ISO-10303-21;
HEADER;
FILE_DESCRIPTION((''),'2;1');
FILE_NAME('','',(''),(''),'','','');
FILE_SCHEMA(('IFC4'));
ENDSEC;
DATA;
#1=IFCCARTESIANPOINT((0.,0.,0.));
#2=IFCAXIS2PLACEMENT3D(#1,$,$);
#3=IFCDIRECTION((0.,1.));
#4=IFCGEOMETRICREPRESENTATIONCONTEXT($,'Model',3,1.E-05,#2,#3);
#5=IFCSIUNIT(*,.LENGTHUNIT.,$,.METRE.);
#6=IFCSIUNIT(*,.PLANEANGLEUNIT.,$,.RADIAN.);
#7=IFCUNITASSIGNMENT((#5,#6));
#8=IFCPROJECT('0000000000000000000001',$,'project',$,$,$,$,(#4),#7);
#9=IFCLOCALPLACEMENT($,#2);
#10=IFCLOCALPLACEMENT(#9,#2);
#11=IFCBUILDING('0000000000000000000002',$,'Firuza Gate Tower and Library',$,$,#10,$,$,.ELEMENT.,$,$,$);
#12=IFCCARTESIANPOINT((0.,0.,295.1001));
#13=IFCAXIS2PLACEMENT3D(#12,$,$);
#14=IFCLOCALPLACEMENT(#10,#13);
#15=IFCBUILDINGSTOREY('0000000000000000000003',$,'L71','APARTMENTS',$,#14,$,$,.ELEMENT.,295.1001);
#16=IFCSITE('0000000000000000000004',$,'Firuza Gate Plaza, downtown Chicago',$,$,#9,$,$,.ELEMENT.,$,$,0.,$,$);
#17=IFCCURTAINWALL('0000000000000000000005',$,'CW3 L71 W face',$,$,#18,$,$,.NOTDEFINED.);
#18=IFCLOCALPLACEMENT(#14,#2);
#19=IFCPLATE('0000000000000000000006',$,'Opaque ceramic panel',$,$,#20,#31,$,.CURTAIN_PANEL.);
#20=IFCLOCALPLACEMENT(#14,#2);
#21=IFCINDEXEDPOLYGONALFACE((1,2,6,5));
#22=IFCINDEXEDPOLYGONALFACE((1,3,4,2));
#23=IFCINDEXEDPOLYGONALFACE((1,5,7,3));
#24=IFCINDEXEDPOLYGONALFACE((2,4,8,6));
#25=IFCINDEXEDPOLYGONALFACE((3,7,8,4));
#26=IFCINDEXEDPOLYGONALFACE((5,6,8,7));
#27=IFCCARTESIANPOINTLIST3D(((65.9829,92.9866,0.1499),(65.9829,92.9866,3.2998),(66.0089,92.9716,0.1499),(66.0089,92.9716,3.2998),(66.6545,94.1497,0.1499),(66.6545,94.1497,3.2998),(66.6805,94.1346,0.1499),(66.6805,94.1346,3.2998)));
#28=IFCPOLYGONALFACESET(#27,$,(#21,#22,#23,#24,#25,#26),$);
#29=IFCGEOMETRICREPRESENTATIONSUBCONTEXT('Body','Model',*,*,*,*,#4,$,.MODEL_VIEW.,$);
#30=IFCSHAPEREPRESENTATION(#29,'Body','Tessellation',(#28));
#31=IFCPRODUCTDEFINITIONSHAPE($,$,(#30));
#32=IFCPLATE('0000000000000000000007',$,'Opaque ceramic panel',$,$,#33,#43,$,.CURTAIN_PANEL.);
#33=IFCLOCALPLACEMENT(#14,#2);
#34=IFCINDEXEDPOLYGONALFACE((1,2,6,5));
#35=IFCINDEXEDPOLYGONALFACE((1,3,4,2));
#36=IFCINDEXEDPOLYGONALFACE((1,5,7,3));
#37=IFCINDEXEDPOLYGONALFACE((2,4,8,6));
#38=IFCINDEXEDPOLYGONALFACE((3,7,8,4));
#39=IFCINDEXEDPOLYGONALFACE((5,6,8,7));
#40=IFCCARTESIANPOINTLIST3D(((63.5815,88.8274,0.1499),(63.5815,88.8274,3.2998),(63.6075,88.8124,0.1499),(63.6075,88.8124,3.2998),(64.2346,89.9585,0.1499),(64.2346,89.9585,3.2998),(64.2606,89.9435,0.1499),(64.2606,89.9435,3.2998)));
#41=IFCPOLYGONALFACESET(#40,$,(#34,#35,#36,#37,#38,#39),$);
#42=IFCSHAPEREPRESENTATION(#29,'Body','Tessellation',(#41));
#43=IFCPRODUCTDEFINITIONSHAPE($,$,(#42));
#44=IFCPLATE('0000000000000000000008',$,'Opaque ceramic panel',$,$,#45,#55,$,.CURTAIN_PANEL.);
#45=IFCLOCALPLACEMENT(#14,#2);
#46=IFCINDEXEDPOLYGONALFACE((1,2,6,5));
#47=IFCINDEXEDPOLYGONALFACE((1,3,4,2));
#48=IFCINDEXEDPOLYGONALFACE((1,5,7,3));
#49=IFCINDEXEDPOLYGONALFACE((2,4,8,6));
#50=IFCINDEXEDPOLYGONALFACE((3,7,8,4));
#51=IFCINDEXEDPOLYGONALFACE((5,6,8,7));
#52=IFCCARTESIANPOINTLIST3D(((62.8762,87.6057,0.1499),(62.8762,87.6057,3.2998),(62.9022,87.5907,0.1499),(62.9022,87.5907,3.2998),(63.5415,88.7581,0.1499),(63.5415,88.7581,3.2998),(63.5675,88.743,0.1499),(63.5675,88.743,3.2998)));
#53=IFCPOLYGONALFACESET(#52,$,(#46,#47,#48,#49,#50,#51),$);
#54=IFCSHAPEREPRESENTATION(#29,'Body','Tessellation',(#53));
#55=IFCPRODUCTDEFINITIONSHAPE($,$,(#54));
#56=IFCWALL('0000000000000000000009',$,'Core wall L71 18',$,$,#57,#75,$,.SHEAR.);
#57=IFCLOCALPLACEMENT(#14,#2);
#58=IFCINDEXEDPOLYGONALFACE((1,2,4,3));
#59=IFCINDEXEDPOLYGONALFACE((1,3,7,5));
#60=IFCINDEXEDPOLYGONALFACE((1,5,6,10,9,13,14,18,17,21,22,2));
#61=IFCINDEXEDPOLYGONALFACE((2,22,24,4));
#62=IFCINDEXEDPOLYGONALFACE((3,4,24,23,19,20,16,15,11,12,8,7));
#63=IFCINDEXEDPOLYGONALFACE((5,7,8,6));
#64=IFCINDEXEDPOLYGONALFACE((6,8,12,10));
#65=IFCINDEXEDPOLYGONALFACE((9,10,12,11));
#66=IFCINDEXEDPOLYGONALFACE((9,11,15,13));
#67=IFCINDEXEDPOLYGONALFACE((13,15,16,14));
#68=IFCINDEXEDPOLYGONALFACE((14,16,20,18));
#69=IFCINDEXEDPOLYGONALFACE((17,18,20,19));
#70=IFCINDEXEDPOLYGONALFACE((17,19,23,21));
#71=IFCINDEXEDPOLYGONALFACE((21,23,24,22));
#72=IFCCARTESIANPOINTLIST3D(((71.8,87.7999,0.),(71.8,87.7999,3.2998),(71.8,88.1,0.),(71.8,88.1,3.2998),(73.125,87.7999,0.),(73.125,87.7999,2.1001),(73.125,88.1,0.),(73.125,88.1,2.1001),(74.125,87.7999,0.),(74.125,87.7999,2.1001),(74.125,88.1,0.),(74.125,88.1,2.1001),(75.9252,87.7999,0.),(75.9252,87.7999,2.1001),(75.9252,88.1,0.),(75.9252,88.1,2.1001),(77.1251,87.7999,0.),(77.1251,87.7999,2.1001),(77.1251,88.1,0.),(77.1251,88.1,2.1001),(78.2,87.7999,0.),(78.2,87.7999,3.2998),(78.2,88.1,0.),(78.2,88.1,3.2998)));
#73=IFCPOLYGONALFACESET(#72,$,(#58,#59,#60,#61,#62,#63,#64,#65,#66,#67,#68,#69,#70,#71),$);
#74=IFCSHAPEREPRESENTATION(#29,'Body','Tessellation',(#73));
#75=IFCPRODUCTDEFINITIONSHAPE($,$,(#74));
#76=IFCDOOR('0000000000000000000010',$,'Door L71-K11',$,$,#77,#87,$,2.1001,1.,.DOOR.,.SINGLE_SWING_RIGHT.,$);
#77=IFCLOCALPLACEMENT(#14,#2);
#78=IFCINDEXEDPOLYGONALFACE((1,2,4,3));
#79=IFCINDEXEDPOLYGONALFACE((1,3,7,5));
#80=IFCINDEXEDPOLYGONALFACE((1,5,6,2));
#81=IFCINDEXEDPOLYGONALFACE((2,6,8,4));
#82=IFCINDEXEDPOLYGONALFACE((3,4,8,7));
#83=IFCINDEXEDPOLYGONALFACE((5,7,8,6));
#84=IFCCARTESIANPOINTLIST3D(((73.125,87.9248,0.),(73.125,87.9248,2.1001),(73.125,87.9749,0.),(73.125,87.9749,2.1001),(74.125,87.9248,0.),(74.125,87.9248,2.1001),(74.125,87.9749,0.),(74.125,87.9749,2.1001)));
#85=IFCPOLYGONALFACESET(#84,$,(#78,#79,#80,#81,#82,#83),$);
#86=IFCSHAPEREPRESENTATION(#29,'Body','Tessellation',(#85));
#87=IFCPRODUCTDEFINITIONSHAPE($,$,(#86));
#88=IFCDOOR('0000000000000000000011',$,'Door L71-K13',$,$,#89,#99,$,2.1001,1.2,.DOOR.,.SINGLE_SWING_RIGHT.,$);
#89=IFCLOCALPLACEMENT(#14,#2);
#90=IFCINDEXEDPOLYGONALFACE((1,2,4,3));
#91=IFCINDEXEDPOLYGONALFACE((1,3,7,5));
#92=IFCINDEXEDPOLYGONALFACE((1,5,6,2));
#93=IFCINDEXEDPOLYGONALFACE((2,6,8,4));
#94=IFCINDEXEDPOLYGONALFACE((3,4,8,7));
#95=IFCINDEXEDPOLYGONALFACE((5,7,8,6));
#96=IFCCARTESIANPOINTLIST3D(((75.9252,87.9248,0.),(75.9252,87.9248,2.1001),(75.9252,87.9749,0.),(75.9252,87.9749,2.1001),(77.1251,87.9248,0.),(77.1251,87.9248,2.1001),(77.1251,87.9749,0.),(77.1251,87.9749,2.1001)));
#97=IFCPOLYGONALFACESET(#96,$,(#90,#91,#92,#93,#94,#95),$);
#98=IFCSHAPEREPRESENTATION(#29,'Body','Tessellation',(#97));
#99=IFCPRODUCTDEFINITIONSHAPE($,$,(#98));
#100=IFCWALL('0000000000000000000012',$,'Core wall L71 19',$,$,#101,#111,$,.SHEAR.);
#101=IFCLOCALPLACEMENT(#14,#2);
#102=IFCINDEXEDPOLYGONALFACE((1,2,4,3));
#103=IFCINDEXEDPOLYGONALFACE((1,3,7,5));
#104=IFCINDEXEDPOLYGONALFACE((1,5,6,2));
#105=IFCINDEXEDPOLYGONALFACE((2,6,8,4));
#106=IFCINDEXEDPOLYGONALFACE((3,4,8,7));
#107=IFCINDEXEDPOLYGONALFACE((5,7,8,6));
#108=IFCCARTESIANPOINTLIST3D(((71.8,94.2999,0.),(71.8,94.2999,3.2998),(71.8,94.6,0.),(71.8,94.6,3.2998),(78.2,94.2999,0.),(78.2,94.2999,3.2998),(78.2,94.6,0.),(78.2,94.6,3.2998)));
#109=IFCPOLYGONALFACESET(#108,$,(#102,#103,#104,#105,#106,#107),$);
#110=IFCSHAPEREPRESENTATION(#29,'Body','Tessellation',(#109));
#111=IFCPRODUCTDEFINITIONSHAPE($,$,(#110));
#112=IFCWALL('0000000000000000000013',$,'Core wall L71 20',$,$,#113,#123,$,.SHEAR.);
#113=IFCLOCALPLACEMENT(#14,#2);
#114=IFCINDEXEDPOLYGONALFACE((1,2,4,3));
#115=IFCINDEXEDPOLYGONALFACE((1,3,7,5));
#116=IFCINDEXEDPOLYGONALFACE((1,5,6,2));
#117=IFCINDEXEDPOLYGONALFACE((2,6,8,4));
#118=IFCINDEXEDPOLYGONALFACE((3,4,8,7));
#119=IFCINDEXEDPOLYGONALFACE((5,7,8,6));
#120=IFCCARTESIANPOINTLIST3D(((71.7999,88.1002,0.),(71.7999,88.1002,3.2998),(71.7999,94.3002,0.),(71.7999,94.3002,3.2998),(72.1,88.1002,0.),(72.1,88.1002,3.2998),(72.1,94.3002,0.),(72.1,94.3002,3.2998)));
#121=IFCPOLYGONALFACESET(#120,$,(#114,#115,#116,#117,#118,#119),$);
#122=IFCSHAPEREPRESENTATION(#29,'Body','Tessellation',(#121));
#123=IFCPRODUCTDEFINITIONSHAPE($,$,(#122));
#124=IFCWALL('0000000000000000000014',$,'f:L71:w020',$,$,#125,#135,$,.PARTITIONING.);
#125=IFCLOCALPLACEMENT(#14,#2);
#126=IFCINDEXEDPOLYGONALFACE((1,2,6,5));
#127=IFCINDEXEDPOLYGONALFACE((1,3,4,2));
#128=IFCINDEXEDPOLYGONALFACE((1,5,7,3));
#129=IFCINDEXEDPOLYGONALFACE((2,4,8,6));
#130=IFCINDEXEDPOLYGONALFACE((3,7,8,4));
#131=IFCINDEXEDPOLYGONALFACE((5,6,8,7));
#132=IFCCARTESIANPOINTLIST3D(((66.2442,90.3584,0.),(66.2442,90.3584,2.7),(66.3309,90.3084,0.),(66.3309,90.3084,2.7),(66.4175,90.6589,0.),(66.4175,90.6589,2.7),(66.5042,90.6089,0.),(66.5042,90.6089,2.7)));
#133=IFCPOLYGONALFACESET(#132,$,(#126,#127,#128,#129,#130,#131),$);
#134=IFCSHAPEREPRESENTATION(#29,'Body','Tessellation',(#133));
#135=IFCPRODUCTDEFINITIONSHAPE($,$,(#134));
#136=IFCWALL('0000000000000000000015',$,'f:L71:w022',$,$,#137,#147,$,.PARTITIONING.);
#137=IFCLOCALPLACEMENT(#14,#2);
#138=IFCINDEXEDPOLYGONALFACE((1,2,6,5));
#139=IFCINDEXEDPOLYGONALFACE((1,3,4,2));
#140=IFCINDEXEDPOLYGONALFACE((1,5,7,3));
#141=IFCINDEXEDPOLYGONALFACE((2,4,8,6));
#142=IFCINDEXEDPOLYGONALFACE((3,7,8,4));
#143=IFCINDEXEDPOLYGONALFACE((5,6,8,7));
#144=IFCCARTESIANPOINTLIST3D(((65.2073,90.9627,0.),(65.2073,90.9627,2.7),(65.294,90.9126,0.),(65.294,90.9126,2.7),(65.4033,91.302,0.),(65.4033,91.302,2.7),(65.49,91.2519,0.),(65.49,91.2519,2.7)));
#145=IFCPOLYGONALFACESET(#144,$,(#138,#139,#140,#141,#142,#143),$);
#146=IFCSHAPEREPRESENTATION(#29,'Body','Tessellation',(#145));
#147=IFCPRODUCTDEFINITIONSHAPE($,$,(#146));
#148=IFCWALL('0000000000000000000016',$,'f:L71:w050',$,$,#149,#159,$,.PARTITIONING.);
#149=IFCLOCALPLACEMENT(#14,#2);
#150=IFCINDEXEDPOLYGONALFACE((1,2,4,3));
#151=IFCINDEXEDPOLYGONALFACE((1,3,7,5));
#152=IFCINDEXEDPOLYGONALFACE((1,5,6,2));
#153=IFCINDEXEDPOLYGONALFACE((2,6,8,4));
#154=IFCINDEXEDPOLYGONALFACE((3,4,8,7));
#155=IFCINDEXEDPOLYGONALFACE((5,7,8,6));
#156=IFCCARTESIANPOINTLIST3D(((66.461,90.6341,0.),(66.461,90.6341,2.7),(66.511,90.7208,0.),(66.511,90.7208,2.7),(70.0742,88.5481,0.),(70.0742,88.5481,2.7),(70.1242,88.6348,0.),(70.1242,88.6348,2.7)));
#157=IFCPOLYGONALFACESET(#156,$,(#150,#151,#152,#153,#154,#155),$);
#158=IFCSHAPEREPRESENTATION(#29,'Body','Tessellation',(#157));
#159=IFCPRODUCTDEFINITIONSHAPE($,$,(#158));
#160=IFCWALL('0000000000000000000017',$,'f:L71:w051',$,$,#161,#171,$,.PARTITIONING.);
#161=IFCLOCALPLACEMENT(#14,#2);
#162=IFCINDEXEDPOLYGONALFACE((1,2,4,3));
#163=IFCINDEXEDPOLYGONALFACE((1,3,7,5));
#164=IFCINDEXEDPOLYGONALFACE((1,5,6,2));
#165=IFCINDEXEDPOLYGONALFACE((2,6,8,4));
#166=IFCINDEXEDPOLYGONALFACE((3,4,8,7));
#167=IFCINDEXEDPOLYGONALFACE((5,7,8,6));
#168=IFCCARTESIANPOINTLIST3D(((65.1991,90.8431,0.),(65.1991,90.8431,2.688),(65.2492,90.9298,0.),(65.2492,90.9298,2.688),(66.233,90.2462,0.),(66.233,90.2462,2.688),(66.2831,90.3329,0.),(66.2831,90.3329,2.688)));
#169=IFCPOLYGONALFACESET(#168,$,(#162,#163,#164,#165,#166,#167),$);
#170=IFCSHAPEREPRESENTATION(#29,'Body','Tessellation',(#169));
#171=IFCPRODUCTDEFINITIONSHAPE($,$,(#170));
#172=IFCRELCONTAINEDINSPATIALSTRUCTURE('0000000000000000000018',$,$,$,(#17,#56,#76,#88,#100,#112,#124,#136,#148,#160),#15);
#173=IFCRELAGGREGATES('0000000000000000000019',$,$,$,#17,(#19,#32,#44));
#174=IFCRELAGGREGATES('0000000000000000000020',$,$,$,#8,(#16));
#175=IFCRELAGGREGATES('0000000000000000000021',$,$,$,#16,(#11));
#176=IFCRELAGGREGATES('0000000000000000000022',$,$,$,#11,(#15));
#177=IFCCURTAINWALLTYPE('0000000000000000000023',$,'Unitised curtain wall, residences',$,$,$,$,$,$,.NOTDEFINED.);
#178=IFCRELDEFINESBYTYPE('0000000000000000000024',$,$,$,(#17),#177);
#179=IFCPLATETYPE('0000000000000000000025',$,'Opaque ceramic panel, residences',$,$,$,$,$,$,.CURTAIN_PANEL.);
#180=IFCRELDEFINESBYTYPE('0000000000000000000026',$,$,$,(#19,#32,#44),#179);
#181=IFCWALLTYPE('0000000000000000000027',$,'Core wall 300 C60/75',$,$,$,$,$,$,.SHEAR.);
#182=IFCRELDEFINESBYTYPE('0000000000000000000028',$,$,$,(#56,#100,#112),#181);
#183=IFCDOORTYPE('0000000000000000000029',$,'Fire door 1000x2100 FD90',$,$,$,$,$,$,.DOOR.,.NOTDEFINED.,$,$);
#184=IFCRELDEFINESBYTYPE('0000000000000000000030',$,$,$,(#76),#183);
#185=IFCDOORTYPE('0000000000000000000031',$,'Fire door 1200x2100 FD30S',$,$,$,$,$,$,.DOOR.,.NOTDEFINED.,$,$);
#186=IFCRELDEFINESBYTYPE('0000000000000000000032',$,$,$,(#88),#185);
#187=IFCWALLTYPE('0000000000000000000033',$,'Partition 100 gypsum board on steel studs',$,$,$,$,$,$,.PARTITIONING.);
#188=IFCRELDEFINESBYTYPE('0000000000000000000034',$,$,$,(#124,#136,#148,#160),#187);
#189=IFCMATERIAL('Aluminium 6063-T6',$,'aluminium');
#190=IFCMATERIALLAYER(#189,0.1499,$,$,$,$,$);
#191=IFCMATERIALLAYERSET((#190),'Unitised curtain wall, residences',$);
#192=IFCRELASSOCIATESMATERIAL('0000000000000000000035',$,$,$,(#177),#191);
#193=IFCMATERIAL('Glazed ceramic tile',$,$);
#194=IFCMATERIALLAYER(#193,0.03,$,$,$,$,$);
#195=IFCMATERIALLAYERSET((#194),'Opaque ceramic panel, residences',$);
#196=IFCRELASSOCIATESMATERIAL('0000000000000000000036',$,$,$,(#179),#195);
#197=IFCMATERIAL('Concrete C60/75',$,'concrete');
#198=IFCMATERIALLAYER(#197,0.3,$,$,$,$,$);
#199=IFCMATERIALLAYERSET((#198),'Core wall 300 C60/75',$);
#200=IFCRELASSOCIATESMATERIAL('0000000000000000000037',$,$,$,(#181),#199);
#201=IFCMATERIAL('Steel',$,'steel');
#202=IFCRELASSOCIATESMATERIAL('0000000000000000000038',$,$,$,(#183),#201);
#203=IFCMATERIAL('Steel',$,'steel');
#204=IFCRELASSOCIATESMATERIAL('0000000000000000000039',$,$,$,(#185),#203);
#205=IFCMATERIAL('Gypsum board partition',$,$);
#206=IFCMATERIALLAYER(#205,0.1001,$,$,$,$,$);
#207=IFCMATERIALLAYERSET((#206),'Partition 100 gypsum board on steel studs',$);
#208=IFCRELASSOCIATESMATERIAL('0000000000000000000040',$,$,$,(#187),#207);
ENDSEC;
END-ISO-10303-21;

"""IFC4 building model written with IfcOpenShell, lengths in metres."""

from ifc_helpers import new_model, si_unit, direction, frame, frame_2d, origin, place, context, subcontext, project, spatial, polyline, rectangle, outline, extrude, material, layer, layer_set, type_object, element, fill, aggregate, save


model = new_model("IFC4")

# Units and contexts
model_context = context("Model", 3, precision=1e-05, world=origin(), true_north=direction((0.0, 1.0)))
body_context = subcontext(model_context, "Body", "Model", "MODEL_VIEW")
ifc_project = project(units=[si_unit("LENGTHUNIT", "METRE"), si_unit("PLANEANGLEUNIT", "RADIAN")], contexts=[model_context])

# Site, building, storey
site_placement = place(None, origin())
site = spatial("IfcSite", under=ifc_project, at=site_placement, Name="Firuza Gate Plaza, downtown Chicago", CompositionType="ELEMENT", RefElevation=0.0)
building_placement = place(site_placement, origin())
building = spatial("IfcBuilding", under=site, at=building_placement, Name="Firuza Gate Tower and Library", CompositionType="ELEMENT")
storey_placement = place(building_placement, frame((0.0, 0.0, 295.1001)))
storey = spatial("IfcBuildingStorey", under=building, at=storey_placement, Name="L71", Description="APARTMENTS", CompositionType="ELEMENT", Elevation=295.1001)

# Curtain wall
ifc_material_1 = material(Name="Aluminium 6063-T6", Category="aluminium")
ifc_layer_1 = layer(ifc_material_1, 0.1499)
ifc_layer_set_1 = layer_set([ifc_layer_1], Name="Unitised curtain wall, residences")
curtain_wall_type = type_object("IfcCurtainWallType", Name="Unitised curtain wall, residences", PredefinedType="NOTDEFINED", material=ifc_layer_set_1)
placement = place(storey_placement, origin())
curtain_wall = element("IfcCurtainWall", 1, at=placement, inside=storey, type_object=curtain_wall_type, Name="CW3 L71 W face", PredefinedType="NOTDEFINED")

# Plates
ifc_material_2 = material(Name="Glazed ceramic tile")
ifc_layer_2 = layer(ifc_material_2, 0.03)
ifc_layer_set_2 = layer_set([ifc_layer_2], Name="Opaque ceramic panel, residences")
plate_type_1 = type_object("IfcPlateType", Name="Opaque ceramic panel, residences", PredefinedType="CURTAIN_PANEL", material=ifc_layer_set_2)
plate_1_placement = place(storey_placement, frame((66.6545, 94.1497, 0.1499), z_axis=(-0.865986, 0.500069, 0.0), x_axis=(-0.500069, -0.865986, 0.0)))
plate_1 = element("IfcPlate", 2, at=plate_1_placement, type_object=plate_type_1, Name="Opaque ceramic panel", PredefinedType="CURTAIN_PANEL", context=body_context, shape_type="SweptSolid", body=[
    extrude(outline(polyline([(0.0, 0.0), (1.3431, 0.0), (1.3431, 3.1499), (0.0, 3.1499), (0.0, 0.0)])), origin(), (0.0, 0.0, -1.0), 0.03),
])
plate_2_placement = place(storey_placement, frame((64.2346, 89.9585, 0.1499), z_axis=(-0.866014, 0.500019, 0.0), x_axis=(-0.500019, -0.866014, 0.0)))
plate_2 = element("IfcPlate", 3, at=plate_2_placement, type_object=plate_type_1, Name="Opaque ceramic panel", PredefinedType="CURTAIN_PANEL", context=body_context, shape_type="SweptSolid", body=[
    extrude(outline(polyline([(0.0, 0.0), (1.3061, 0.0), (1.3061, 3.1499), (0.0, 3.1499), (0.0, 0.0)])), origin(), (0.0, 0.0, -1.0), 0.03),
])
plate_3_placement = place(storey_placement, frame((63.5415, 88.7581, 0.1499), z_axis=(-0.866033, 0.499987, 0.0), x_axis=(-0.499987, -0.866033, 0.0)))
plate_3 = element("IfcPlate", 4, at=plate_3_placement, type_object=plate_type_1, Name="Opaque ceramic panel", PredefinedType="CURTAIN_PANEL", context=body_context, shape_type="SweptSolid", body=[
    extrude(outline(polyline([(0.0, 0.0), (1.3306, 0.0), (1.3306, 3.1499), (0.0, 3.1499), (0.0, 0.0)])), origin(), (0.0, 0.0, -1.0), 0.03),
])
aggregate(curtain_wall, [plate_1, plate_2, plate_3])

# Wall, openings, doors
ifc_material_3 = material(Name="Concrete C60/75", Category="concrete")
ifc_layer_3 = layer(ifc_material_3, 0.3)
ifc_layer_set_3 = layer_set([ifc_layer_3], Name="Core wall 300 C60/75")
wall_type_1 = type_object("IfcWallType", Name="Core wall 300 C60/75", PredefinedType="SHEAR", material=ifc_layer_set_3)
wall_1_placement = place(storey_placement, frame((71.8, 87.95, 0.0), z_axis=(0.0, 0.0, 1.0), x_axis=(1.0, 0.0, 0.0)))
wall_1 = element("IfcWall", 5, at=wall_1_placement, inside=storey, type_object=wall_type_1, Name="Core wall L71 18", PredefinedType="SHEAR", context=body_context, shape_type="SweptSolid", body=[
    extrude(rectangle(XDim=6.3999, YDim=0.3, at=frame_2d((3.2, 0.0))), origin(), (0.0, 0.0, 1.0), 3.2998),
])
opening_1_placement = place(wall_1_placement, frame((1.325, 0.0, 0.0)))
opening_1 = element("IfcOpeningElement", 6, at=opening_1_placement, cuts=wall_1, PredefinedType="OPENING", context=body_context, shape_type="SweptSolid", body=[
    extrude(rectangle(XDim=1.0, YDim=2.1001, at=frame_2d((0.5, 1.05))), frame((0.0, 0.1602, 0.0), z_axis=(0.0, -1.0, 0.0), x_axis=(1.0, 0.0, 0.0)), (0.0, 0.0, 1.0), 0.3201),
])
opening_2_placement = place(wall_1_placement, frame((4.125, 0.0, 0.0)))
opening_2 = element("IfcOpeningElement", 7, at=opening_2_placement, cuts=wall_1, PredefinedType="OPENING", context=body_context, shape_type="SweptSolid", body=[
    extrude(rectangle(XDim=1.2, YDim=2.1001, at=frame_2d((0.6001, 1.05))), frame((0.0, 0.1602, 0.0), z_axis=(0.0, -1.0, 0.0), x_axis=(1.0, 0.0, 0.0)), (0.0, 0.0, 1.0), 0.3201),
])
ifc_material_4 = material(Name="Steel", Category="steel")
door_type_1 = type_object("IfcDoorType", Name="Fire door 1000x2100 FD90", OperationType="NOTDEFINED", PredefinedType="DOOR", material=ifc_material_4)
door_1_placement = place(opening_1_placement, origin())
door_1 = element("IfcDoor", 8, at=door_1_placement, inside=storey, type_object=door_type_1, Name="Door L71-K11", OperationType="SINGLE_SWING_RIGHT", OverallHeight=2.1001, OverallWidth=1.0, PredefinedType="DOOR", context=body_context, shape_type="SweptSolid", body=[
    extrude(rectangle(XDim=1.0, YDim=2.1001, at=frame_2d((0.5, 1.05))), frame((0.0, 0.0249, 0.0), z_axis=(0.0, -1.0, 0.0), x_axis=(1.0, 0.0, 0.0)), (0.0, 0.0, 1.0), 0.05),
])
fill(opening_1, door_1)
ifc_material_5 = material(Name="Steel", Category="steel")
door_type_2 = type_object("IfcDoorType", Name="Fire door 1200x2100 FD30S", OperationType="NOTDEFINED", PredefinedType="DOOR", material=ifc_material_5)
door_2_placement = place(opening_2_placement, origin())
door_2 = element("IfcDoor", 9, at=door_2_placement, inside=storey, type_object=door_type_2, Name="Door L71-K13", OperationType="SINGLE_SWING_RIGHT", OverallHeight=2.1001, OverallWidth=1.2, PredefinedType="DOOR", context=body_context, shape_type="SweptSolid", body=[
    extrude(rectangle(XDim=1.2, YDim=2.1001, at=frame_2d((0.6001, 1.05))), frame((0.0, 0.0249, 0.0), z_axis=(0.0, -1.0, 0.0), x_axis=(1.0, 0.0, 0.0)), (0.0, 0.0, 1.0), 0.05),
])
fill(opening_2, door_2)

# Walls
wall_2_placement = place(storey_placement, frame((71.8, 94.45, 0.0), z_axis=(0.0, 0.0, 1.0), x_axis=(1.0, 0.0, 0.0)))
element("IfcWall", 10, at=wall_2_placement, inside=storey, type_object=wall_type_1, Name="Core wall L71 19", PredefinedType="SHEAR", context=body_context, shape_type="SweptSolid", body=[
    extrude(rectangle(XDim=6.3999, YDim=0.3, at=frame_2d((3.2, 0.0))), origin(), (0.0, 0.0, 1.0), 3.2998),
])
wall_3_placement = place(storey_placement, frame((71.95, 88.1001, 0.0), z_axis=(0.0, 0.0, 1.0), x_axis=(0.0, 1.0, 0.0)))
element("IfcWall", 11, at=wall_3_placement, inside=storey, type_object=wall_type_1, Name="Core wall L71 20", PredefinedType="SHEAR", context=body_context, shape_type="SweptSolid", body=[
    extrude(rectangle(XDim=6.2, YDim=0.3, at=frame_2d((3.1001, 0.0))), origin(), (0.0, 0.0, 1.0), 3.2998),
])
ifc_material_6 = material(Name="Gypsum board partition")
ifc_layer_4 = layer(ifc_material_6, 0.1001)
ifc_layer_set_4 = layer_set([ifc_layer_4], Name="Partition 100 gypsum board on steel studs")
wall_type_2 = type_object("IfcWallType", Name="Partition 100 gypsum board on steel studs", PredefinedType="PARTITIONING", material=ifc_layer_set_4)
wall_4_placement = place(storey_placement, frame((66.2876, 90.3335, 0.0), z_axis=(0.0, 0.0, 1.0), x_axis=(0.499621, 0.866244, 0.0)))
element("IfcWall", 12, at=wall_4_placement, inside=storey, type_object=wall_type_2, Name="f:L71:w020", PredefinedType="PARTITIONING", context=body_context, shape_type="SweptSolid", body=[
    extrude(rectangle(XDim=0.3469, YDim=0.1001, at=frame_2d((0.1733, 0.0))), origin(), (0.0, 0.0, 1.0), 2.7),
])
wall_5_placement = place(storey_placement, frame((65.2507, 90.9377, 0.0), z_axis=(0.0, 0.0, 1.0), x_axis=(0.500226, 0.865895, 0.0)))
element("IfcWall", 13, at=wall_5_placement, inside=storey, type_object=wall_type_2, Name="f:L71:w022", PredefinedType="PARTITIONING", context=body_context, shape_type="SweptSolid", body=[
    extrude(rectangle(XDim=0.3918, YDim=0.1001, at=frame_2d((0.1958, 0.0))), origin(), (0.0, 0.0, 1.0), 2.7),
])
wall_6_placement = place(storey_placement, frame((70.0991, 88.5916, 0.0), z_axis=(0.0, 0.0, 1.0), x_axis=(-0.866045, 0.499966, 0.0)))
element("IfcWall", 14, at=wall_6_placement, inside=storey, type_object=wall_type_2, Name="f:L71:w050", PredefinedType="PARTITIONING", context=body_context, shape_type="SweptSolid", body=[
    extrude(rectangle(XDim=4.1721, YDim=0.1001, at=frame_2d((2.0859, 0.0))), origin(), (0.0, 0.0, 1.0), 2.7),
])
wall_7_placement = place(storey_placement, frame((66.2581, 90.2896, 0.0), z_axis=(0.0, 0.0, 1.0), x_axis=(-0.866032, 0.499988, 0.0)))
element("IfcWall", 15, at=wall_7_placement, inside=storey, type_object=wall_type_2, Name="f:L71:w051", PredefinedType="PARTITIONING", context=body_context, shape_type="SweptSolid", body=[
    extrude(rectangle(XDim=1.1938, YDim=0.1001, at=frame_2d((0.5969, 0.0))), origin(), (0.0, 0.0, 1.0), 2.688),
])

save(model, "model.ifc")
